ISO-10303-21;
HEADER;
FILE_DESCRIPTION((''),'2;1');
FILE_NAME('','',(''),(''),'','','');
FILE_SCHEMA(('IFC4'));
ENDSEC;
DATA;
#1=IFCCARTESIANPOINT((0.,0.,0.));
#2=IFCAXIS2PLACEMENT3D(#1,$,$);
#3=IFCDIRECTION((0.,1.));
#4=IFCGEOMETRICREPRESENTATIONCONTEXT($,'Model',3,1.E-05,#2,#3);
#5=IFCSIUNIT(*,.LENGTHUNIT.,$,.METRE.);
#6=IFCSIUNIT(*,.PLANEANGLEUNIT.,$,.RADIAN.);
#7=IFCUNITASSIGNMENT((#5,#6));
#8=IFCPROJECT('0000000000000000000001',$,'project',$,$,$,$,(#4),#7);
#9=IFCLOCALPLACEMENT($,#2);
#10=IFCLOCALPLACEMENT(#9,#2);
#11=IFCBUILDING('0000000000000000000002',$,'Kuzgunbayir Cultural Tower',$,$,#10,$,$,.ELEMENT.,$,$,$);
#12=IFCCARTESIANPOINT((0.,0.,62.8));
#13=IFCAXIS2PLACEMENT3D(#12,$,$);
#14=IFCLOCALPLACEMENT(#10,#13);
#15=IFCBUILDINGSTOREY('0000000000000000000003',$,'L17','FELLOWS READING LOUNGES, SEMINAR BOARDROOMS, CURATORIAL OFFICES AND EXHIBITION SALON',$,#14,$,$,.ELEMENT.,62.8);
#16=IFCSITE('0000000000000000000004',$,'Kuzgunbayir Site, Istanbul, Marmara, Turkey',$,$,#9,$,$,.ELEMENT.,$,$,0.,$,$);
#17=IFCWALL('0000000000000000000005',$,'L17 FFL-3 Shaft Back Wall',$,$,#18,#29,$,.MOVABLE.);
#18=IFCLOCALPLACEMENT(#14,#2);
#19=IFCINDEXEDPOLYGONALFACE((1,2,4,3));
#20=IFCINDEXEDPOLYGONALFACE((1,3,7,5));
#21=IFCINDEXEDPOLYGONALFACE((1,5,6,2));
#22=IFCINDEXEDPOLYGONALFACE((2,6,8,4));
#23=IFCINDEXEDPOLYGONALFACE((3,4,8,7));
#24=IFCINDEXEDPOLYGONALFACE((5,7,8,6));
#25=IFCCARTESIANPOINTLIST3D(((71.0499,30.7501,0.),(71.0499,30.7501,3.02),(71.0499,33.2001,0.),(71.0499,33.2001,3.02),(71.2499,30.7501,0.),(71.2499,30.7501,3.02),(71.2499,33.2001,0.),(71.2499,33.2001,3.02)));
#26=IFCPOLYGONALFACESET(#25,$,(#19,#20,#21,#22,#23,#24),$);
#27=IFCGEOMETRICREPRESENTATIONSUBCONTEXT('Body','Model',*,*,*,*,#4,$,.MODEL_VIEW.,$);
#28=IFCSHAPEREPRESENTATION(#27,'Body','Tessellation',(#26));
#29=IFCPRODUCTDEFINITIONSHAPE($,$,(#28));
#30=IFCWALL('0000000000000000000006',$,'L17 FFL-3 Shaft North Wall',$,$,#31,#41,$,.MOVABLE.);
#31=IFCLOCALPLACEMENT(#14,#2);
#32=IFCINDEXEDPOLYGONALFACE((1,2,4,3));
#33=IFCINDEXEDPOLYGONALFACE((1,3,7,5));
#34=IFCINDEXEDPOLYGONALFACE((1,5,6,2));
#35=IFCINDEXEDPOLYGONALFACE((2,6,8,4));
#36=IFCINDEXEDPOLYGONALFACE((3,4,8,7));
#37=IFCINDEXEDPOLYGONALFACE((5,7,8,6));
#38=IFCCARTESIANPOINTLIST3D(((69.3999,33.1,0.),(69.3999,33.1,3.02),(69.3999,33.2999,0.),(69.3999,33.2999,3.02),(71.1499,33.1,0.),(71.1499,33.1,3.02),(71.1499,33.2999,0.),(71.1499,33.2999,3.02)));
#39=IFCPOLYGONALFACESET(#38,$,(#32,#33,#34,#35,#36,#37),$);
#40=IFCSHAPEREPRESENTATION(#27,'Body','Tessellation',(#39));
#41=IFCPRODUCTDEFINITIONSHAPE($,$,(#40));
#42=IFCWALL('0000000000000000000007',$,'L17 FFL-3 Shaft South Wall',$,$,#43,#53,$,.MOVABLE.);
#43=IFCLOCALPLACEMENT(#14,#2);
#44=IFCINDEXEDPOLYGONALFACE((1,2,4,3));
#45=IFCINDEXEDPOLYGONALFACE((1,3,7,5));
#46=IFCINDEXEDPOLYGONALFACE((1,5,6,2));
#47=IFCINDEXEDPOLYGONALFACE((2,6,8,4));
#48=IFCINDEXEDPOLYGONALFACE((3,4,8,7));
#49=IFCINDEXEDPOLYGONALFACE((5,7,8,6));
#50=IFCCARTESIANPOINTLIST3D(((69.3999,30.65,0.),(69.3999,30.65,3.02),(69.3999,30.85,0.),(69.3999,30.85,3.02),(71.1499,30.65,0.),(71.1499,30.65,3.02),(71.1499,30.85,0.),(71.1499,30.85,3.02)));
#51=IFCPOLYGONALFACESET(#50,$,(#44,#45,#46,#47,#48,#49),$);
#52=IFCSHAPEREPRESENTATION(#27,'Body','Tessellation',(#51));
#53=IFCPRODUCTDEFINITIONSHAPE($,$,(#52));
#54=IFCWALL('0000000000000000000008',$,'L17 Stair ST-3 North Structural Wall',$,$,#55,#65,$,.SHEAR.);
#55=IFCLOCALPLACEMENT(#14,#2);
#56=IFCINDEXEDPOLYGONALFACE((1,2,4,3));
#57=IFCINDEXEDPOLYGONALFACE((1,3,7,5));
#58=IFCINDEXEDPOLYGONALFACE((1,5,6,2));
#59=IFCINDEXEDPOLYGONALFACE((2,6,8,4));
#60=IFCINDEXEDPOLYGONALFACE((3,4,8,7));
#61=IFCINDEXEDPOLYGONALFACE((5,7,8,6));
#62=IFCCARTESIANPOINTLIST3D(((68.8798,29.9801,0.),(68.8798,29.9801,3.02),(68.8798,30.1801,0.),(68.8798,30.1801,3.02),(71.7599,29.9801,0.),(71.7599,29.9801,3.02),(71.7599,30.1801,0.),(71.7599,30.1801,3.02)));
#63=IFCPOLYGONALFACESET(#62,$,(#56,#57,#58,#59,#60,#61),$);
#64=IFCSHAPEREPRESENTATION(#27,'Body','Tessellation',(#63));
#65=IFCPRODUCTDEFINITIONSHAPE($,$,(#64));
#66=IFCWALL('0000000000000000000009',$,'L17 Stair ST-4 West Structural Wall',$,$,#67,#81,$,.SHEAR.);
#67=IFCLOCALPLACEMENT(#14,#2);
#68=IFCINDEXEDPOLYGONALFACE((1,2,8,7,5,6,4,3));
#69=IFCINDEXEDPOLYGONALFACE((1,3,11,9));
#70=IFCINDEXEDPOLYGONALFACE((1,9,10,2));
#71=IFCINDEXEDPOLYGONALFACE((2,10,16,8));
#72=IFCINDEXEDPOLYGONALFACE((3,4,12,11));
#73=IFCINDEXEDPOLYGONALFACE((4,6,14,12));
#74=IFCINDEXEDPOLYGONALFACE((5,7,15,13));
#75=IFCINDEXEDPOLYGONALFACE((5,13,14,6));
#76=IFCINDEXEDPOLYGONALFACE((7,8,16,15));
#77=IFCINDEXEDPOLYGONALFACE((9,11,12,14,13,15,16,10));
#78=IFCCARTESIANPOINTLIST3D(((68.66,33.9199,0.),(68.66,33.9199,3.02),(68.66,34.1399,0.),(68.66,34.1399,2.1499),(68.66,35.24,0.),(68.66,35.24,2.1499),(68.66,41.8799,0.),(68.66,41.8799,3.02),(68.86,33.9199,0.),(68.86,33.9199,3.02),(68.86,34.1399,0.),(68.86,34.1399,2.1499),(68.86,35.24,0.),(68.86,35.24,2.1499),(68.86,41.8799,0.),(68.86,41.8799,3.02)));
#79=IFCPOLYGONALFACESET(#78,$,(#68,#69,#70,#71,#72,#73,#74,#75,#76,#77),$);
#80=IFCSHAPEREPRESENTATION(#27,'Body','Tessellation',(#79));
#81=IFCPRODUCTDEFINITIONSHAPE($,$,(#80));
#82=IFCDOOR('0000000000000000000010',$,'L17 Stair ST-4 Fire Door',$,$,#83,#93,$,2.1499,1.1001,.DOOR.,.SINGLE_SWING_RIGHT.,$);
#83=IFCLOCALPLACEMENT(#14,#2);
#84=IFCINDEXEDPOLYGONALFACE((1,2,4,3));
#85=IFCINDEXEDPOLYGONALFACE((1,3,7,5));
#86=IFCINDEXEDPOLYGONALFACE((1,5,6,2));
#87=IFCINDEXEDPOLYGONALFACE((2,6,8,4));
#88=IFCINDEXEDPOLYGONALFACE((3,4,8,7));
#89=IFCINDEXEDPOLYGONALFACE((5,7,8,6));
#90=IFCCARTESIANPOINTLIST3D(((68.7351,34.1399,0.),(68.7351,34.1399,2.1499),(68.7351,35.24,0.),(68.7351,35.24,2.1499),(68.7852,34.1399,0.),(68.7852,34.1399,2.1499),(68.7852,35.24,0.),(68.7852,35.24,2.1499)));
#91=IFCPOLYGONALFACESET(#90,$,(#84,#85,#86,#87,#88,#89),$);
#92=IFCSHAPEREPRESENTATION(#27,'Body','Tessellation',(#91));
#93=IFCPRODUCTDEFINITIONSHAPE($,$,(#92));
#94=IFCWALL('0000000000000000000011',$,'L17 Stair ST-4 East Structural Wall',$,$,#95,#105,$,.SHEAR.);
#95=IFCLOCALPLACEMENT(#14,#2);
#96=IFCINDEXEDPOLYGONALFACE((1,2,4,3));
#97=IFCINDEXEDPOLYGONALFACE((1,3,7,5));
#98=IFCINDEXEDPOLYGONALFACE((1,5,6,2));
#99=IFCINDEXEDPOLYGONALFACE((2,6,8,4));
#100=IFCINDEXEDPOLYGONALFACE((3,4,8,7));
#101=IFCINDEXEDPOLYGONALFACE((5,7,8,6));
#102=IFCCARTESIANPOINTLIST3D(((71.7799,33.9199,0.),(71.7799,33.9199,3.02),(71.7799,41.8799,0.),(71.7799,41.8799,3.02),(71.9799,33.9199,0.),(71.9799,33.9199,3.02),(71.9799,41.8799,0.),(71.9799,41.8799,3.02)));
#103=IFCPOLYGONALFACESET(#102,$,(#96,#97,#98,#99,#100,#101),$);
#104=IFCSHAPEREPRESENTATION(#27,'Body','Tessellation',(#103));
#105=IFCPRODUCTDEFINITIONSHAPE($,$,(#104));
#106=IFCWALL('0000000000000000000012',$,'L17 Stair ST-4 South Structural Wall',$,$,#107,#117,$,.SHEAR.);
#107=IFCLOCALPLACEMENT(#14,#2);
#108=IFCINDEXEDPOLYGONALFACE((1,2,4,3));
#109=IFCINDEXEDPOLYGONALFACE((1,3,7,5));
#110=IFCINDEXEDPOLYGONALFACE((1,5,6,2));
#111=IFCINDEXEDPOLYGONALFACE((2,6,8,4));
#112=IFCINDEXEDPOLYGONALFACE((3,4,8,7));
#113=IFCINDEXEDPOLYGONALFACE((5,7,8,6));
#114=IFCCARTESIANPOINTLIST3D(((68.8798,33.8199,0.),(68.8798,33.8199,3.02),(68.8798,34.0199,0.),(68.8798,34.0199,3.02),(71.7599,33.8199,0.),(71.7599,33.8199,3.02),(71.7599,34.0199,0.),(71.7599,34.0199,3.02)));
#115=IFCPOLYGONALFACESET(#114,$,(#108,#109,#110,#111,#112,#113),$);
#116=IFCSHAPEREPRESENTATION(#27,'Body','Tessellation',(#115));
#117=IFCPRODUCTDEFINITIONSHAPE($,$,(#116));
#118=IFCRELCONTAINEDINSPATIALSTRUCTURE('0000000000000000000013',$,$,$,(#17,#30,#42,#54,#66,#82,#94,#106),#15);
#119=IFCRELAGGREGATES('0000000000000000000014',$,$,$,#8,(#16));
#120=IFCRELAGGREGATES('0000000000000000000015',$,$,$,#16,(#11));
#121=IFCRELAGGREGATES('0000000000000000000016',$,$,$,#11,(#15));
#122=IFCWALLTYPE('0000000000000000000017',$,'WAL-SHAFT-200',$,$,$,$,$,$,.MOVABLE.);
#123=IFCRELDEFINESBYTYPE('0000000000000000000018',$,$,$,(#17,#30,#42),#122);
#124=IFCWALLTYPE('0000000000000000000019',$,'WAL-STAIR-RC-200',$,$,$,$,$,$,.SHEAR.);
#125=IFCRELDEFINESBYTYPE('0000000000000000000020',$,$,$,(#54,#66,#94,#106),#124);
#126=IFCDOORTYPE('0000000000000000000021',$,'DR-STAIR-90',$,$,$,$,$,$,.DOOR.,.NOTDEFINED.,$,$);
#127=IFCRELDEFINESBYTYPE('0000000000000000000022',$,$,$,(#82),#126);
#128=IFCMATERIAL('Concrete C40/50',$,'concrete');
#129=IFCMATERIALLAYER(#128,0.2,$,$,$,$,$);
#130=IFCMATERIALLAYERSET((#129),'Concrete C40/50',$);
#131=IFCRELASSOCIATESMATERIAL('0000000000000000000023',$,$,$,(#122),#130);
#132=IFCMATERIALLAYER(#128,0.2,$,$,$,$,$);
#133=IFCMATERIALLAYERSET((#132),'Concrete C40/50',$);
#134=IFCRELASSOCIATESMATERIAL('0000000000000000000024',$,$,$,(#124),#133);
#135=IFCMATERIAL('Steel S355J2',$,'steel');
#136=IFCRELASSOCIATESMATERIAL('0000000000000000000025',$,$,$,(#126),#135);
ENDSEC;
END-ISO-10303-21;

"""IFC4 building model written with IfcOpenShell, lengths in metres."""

from ifc_helpers import new_model, si_unit, direction, frame, frame_2d, origin, place, context, subcontext, project, spatial, rectangle, extrude, material, layer, layer_set, type_object, element, fill, save


model = new_model("IFC4")

# Units and contexts
model_context = context("Model", 3, precision=1e-05, world=origin(), true_north=direction((0.0, 1.0)))
body_context = subcontext(model_context, "Body", "Model", "MODEL_VIEW")
ifc_project = project(units=[si_unit("LENGTHUNIT", "METRE"), si_unit("PLANEANGLEUNIT", "RADIAN")], contexts=[model_context])

# Site, building, storey
site_placement = place(None, origin())
site = spatial("IfcSite", under=ifc_project, at=site_placement, Name="Kuzgunbayir Site, Istanbul, Marmara, Turkey", CompositionType="ELEMENT", RefElevation=0.0)
building_placement = place(site_placement, origin())
building = spatial("IfcBuilding", under=site, at=building_placement, Name="Kuzgunbayir Cultural Tower", CompositionType="ELEMENT")
storey_placement = place(building_placement, frame((0.0, 0.0, 62.8)))
storey = spatial("IfcBuildingStorey", under=building, at=storey_placement, Name="L17", Description="FELLOWS READING LOUNGES, SEMINAR BOARDROOMS, CURATORIAL OFFICES AND EXHIBITION SALON", CompositionType="ELEMENT", Elevation=62.8)

# Shared definitions
ifc_material_1 = material(Name="Steel S355J2", Category="steel")

# Shared definitions
ifc_material_2 = material(Name="Concrete C40/50", Category="concrete")
ifc_layer_1 = layer(ifc_material_2, 0.2)
ifc_layer_set_1 = layer_set([ifc_layer_1], Name="Concrete C40/50")
wall_type_1 = type_object("IfcWallType", Name="WAL-SHAFT-200", PredefinedType="MOVABLE", material=ifc_layer_set_1)

# Walls
wall_1_placement = place(storey_placement, frame((71.1499, 30.75, 0.0), z_axis=(0.0, 0.0, 1.0), x_axis=(0.0, 1.0, 0.0)))
element("IfcWall", 1, at=wall_1_placement, inside=storey, type_object=wall_type_1, Name="L17 FFL-3 Shaft Back Wall", PredefinedType="MOVABLE", context=body_context, shape_type="SweptSolid", body=[
    extrude(rectangle(XDim=2.45, YDim=0.2, at=frame_2d((1.2251, 0.0))), origin(), (0.0, 0.0, 1.0), 3.02),
])
for number, where, z_axis, x_axis, name in (
    (2, (69.3999, 33.2, 0.0), (0.0, 0.0, 1.0), (1.0, 0.0, 0.0), "L17 FFL-3 Shaft North Wall"),
    (3, (69.3999, 30.75, 0.0), (0.0, 0.0, 1.0), (1.0, 0.0, 0.0), "L17 FFL-3 Shaft South Wall"),
):
    element("IfcWall", number, at=place(storey_placement, frame(where, z_axis=z_axis, x_axis=x_axis)), inside=storey, type_object=wall_type_1, Name=name, PredefinedType="MOVABLE", context=body_context, shape_type="SweptSolid", body=[
        extrude(rectangle(XDim=1.75, YDim=0.2, at=frame_2d((0.875, 0.0))), origin(), (0.0, 0.0, 1.0), 3.02),
    ])
ifc_layer_2 = layer(ifc_material_2, 0.2)
ifc_layer_set_2 = layer_set([ifc_layer_2], Name="Concrete C40/50")
wall_type_2 = type_object("IfcWallType", Name="WAL-STAIR-RC-200", PredefinedType="SHEAR", material=ifc_layer_set_2)
wall_2_placement = place(storey_placement, frame((68.8799, 30.0801, 0.0), z_axis=(0.0, 0.0, 1.0), x_axis=(1.0, 0.0, 0.0)))
element("IfcWall", 4, at=wall_2_placement, inside=storey, type_object=wall_type_2, Name="L17 Stair ST-3 North Structural Wall", PredefinedType="SHEAR", context=body_context, shape_type="SweptSolid", body=[
    extrude(rectangle(XDim=2.8801, YDim=0.2, at=frame_2d((1.4399, 0.0))), origin(), (0.0, 0.0, 1.0), 3.02),
])

# Wall, opening, door
wall_3_placement = place(storey_placement, frame((68.76, 33.9199, 0.0), z_axis=(0.0, 0.0, 1.0), x_axis=(0.0, 1.0, 0.0)))
wall_3 = element("IfcWall", 5, at=wall_3_placement, inside=storey, type_object=wall_type_2, Name="L17 Stair ST-4 West Structural Wall", PredefinedType="SHEAR", context=body_context, shape_type="SweptSolid", body=[
    extrude(rectangle(XDim=7.96, YDim=0.2, at=frame_2d((3.98, 0.0))), origin(), (0.0, 0.0, 1.0), 3.02),
])
opening_1_placement = place(wall_3_placement, frame((0.22, 0.0, 0.0)))
opening_1 = element("IfcOpeningElement", 6, at=opening_1_placement, cuts=wall_3, PredefinedType="OPENING", context=body_context, shape_type="SweptSolid", body=[
    extrude(rectangle(XDim=1.1001, YDim=2.1499, at=frame_2d((0.55, 1.075))), frame((0.0, 0.1099, 0.0), z_axis=(0.0, -1.0, 0.0), x_axis=(1.0, 0.0, 0.0)), (0.0, 0.0, 1.0), 0.22),
])
door_type_1 = type_object("IfcDoorType", Name="DR-STAIR-90", OperationType="NOTDEFINED", PredefinedType="DOOR", material=ifc_material_1)
door_1_placement = place(opening_1_placement, origin())
door_1 = element("IfcDoor", 7, at=door_1_placement, inside=storey, type_object=door_type_1, Name="L17 Stair ST-4 Fire Door", OperationType="SINGLE_SWING_RIGHT", OverallHeight=2.1499, OverallWidth=1.1001, PredefinedType="DOOR", context=body_context, shape_type="SweptSolid", body=[
    extrude(rectangle(XDim=1.1001, YDim=2.1499, at=frame_2d((0.55, 1.075))), frame((0.0, 0.0249, 0.0), z_axis=(0.0, -1.0, 0.0), x_axis=(1.0, 0.0, 0.0)), (0.0, 0.0, 1.0), 0.05),
])
fill(opening_1, door_1)

# Walls
wall_4_placement = place(storey_placement, frame((71.8799, 33.9199, 0.0), z_axis=(0.0, 0.0, 1.0), x_axis=(0.0, 1.0, 0.0)))
element("IfcWall", 8, at=wall_4_placement, inside=storey, type_object=wall_type_2, Name="L17 Stair ST-4 East Structural Wall", PredefinedType="SHEAR", context=body_context, shape_type="SweptSolid", body=[
    extrude(rectangle(XDim=7.96, YDim=0.2, at=frame_2d((3.98, 0.0))), origin(), (0.0, 0.0, 1.0), 3.02),
])
wall_5_placement = place(storey_placement, frame((68.8799, 33.9199, 0.0), z_axis=(0.0, 0.0, 1.0), x_axis=(1.0, 0.0, 0.0)))
element("IfcWall", 9, at=wall_5_placement, inside=storey, type_object=wall_type_2, Name="L17 Stair ST-4 South Structural Wall", PredefinedType="SHEAR", context=body_context, shape_type="SweptSolid", body=[
    extrude(rectangle(XDim=2.8801, YDim=0.2, at=frame_2d((1.4399, 0.0))), origin(), (0.0, 0.0, 1.0), 3.02),
])

save(model, "model.ifc")
